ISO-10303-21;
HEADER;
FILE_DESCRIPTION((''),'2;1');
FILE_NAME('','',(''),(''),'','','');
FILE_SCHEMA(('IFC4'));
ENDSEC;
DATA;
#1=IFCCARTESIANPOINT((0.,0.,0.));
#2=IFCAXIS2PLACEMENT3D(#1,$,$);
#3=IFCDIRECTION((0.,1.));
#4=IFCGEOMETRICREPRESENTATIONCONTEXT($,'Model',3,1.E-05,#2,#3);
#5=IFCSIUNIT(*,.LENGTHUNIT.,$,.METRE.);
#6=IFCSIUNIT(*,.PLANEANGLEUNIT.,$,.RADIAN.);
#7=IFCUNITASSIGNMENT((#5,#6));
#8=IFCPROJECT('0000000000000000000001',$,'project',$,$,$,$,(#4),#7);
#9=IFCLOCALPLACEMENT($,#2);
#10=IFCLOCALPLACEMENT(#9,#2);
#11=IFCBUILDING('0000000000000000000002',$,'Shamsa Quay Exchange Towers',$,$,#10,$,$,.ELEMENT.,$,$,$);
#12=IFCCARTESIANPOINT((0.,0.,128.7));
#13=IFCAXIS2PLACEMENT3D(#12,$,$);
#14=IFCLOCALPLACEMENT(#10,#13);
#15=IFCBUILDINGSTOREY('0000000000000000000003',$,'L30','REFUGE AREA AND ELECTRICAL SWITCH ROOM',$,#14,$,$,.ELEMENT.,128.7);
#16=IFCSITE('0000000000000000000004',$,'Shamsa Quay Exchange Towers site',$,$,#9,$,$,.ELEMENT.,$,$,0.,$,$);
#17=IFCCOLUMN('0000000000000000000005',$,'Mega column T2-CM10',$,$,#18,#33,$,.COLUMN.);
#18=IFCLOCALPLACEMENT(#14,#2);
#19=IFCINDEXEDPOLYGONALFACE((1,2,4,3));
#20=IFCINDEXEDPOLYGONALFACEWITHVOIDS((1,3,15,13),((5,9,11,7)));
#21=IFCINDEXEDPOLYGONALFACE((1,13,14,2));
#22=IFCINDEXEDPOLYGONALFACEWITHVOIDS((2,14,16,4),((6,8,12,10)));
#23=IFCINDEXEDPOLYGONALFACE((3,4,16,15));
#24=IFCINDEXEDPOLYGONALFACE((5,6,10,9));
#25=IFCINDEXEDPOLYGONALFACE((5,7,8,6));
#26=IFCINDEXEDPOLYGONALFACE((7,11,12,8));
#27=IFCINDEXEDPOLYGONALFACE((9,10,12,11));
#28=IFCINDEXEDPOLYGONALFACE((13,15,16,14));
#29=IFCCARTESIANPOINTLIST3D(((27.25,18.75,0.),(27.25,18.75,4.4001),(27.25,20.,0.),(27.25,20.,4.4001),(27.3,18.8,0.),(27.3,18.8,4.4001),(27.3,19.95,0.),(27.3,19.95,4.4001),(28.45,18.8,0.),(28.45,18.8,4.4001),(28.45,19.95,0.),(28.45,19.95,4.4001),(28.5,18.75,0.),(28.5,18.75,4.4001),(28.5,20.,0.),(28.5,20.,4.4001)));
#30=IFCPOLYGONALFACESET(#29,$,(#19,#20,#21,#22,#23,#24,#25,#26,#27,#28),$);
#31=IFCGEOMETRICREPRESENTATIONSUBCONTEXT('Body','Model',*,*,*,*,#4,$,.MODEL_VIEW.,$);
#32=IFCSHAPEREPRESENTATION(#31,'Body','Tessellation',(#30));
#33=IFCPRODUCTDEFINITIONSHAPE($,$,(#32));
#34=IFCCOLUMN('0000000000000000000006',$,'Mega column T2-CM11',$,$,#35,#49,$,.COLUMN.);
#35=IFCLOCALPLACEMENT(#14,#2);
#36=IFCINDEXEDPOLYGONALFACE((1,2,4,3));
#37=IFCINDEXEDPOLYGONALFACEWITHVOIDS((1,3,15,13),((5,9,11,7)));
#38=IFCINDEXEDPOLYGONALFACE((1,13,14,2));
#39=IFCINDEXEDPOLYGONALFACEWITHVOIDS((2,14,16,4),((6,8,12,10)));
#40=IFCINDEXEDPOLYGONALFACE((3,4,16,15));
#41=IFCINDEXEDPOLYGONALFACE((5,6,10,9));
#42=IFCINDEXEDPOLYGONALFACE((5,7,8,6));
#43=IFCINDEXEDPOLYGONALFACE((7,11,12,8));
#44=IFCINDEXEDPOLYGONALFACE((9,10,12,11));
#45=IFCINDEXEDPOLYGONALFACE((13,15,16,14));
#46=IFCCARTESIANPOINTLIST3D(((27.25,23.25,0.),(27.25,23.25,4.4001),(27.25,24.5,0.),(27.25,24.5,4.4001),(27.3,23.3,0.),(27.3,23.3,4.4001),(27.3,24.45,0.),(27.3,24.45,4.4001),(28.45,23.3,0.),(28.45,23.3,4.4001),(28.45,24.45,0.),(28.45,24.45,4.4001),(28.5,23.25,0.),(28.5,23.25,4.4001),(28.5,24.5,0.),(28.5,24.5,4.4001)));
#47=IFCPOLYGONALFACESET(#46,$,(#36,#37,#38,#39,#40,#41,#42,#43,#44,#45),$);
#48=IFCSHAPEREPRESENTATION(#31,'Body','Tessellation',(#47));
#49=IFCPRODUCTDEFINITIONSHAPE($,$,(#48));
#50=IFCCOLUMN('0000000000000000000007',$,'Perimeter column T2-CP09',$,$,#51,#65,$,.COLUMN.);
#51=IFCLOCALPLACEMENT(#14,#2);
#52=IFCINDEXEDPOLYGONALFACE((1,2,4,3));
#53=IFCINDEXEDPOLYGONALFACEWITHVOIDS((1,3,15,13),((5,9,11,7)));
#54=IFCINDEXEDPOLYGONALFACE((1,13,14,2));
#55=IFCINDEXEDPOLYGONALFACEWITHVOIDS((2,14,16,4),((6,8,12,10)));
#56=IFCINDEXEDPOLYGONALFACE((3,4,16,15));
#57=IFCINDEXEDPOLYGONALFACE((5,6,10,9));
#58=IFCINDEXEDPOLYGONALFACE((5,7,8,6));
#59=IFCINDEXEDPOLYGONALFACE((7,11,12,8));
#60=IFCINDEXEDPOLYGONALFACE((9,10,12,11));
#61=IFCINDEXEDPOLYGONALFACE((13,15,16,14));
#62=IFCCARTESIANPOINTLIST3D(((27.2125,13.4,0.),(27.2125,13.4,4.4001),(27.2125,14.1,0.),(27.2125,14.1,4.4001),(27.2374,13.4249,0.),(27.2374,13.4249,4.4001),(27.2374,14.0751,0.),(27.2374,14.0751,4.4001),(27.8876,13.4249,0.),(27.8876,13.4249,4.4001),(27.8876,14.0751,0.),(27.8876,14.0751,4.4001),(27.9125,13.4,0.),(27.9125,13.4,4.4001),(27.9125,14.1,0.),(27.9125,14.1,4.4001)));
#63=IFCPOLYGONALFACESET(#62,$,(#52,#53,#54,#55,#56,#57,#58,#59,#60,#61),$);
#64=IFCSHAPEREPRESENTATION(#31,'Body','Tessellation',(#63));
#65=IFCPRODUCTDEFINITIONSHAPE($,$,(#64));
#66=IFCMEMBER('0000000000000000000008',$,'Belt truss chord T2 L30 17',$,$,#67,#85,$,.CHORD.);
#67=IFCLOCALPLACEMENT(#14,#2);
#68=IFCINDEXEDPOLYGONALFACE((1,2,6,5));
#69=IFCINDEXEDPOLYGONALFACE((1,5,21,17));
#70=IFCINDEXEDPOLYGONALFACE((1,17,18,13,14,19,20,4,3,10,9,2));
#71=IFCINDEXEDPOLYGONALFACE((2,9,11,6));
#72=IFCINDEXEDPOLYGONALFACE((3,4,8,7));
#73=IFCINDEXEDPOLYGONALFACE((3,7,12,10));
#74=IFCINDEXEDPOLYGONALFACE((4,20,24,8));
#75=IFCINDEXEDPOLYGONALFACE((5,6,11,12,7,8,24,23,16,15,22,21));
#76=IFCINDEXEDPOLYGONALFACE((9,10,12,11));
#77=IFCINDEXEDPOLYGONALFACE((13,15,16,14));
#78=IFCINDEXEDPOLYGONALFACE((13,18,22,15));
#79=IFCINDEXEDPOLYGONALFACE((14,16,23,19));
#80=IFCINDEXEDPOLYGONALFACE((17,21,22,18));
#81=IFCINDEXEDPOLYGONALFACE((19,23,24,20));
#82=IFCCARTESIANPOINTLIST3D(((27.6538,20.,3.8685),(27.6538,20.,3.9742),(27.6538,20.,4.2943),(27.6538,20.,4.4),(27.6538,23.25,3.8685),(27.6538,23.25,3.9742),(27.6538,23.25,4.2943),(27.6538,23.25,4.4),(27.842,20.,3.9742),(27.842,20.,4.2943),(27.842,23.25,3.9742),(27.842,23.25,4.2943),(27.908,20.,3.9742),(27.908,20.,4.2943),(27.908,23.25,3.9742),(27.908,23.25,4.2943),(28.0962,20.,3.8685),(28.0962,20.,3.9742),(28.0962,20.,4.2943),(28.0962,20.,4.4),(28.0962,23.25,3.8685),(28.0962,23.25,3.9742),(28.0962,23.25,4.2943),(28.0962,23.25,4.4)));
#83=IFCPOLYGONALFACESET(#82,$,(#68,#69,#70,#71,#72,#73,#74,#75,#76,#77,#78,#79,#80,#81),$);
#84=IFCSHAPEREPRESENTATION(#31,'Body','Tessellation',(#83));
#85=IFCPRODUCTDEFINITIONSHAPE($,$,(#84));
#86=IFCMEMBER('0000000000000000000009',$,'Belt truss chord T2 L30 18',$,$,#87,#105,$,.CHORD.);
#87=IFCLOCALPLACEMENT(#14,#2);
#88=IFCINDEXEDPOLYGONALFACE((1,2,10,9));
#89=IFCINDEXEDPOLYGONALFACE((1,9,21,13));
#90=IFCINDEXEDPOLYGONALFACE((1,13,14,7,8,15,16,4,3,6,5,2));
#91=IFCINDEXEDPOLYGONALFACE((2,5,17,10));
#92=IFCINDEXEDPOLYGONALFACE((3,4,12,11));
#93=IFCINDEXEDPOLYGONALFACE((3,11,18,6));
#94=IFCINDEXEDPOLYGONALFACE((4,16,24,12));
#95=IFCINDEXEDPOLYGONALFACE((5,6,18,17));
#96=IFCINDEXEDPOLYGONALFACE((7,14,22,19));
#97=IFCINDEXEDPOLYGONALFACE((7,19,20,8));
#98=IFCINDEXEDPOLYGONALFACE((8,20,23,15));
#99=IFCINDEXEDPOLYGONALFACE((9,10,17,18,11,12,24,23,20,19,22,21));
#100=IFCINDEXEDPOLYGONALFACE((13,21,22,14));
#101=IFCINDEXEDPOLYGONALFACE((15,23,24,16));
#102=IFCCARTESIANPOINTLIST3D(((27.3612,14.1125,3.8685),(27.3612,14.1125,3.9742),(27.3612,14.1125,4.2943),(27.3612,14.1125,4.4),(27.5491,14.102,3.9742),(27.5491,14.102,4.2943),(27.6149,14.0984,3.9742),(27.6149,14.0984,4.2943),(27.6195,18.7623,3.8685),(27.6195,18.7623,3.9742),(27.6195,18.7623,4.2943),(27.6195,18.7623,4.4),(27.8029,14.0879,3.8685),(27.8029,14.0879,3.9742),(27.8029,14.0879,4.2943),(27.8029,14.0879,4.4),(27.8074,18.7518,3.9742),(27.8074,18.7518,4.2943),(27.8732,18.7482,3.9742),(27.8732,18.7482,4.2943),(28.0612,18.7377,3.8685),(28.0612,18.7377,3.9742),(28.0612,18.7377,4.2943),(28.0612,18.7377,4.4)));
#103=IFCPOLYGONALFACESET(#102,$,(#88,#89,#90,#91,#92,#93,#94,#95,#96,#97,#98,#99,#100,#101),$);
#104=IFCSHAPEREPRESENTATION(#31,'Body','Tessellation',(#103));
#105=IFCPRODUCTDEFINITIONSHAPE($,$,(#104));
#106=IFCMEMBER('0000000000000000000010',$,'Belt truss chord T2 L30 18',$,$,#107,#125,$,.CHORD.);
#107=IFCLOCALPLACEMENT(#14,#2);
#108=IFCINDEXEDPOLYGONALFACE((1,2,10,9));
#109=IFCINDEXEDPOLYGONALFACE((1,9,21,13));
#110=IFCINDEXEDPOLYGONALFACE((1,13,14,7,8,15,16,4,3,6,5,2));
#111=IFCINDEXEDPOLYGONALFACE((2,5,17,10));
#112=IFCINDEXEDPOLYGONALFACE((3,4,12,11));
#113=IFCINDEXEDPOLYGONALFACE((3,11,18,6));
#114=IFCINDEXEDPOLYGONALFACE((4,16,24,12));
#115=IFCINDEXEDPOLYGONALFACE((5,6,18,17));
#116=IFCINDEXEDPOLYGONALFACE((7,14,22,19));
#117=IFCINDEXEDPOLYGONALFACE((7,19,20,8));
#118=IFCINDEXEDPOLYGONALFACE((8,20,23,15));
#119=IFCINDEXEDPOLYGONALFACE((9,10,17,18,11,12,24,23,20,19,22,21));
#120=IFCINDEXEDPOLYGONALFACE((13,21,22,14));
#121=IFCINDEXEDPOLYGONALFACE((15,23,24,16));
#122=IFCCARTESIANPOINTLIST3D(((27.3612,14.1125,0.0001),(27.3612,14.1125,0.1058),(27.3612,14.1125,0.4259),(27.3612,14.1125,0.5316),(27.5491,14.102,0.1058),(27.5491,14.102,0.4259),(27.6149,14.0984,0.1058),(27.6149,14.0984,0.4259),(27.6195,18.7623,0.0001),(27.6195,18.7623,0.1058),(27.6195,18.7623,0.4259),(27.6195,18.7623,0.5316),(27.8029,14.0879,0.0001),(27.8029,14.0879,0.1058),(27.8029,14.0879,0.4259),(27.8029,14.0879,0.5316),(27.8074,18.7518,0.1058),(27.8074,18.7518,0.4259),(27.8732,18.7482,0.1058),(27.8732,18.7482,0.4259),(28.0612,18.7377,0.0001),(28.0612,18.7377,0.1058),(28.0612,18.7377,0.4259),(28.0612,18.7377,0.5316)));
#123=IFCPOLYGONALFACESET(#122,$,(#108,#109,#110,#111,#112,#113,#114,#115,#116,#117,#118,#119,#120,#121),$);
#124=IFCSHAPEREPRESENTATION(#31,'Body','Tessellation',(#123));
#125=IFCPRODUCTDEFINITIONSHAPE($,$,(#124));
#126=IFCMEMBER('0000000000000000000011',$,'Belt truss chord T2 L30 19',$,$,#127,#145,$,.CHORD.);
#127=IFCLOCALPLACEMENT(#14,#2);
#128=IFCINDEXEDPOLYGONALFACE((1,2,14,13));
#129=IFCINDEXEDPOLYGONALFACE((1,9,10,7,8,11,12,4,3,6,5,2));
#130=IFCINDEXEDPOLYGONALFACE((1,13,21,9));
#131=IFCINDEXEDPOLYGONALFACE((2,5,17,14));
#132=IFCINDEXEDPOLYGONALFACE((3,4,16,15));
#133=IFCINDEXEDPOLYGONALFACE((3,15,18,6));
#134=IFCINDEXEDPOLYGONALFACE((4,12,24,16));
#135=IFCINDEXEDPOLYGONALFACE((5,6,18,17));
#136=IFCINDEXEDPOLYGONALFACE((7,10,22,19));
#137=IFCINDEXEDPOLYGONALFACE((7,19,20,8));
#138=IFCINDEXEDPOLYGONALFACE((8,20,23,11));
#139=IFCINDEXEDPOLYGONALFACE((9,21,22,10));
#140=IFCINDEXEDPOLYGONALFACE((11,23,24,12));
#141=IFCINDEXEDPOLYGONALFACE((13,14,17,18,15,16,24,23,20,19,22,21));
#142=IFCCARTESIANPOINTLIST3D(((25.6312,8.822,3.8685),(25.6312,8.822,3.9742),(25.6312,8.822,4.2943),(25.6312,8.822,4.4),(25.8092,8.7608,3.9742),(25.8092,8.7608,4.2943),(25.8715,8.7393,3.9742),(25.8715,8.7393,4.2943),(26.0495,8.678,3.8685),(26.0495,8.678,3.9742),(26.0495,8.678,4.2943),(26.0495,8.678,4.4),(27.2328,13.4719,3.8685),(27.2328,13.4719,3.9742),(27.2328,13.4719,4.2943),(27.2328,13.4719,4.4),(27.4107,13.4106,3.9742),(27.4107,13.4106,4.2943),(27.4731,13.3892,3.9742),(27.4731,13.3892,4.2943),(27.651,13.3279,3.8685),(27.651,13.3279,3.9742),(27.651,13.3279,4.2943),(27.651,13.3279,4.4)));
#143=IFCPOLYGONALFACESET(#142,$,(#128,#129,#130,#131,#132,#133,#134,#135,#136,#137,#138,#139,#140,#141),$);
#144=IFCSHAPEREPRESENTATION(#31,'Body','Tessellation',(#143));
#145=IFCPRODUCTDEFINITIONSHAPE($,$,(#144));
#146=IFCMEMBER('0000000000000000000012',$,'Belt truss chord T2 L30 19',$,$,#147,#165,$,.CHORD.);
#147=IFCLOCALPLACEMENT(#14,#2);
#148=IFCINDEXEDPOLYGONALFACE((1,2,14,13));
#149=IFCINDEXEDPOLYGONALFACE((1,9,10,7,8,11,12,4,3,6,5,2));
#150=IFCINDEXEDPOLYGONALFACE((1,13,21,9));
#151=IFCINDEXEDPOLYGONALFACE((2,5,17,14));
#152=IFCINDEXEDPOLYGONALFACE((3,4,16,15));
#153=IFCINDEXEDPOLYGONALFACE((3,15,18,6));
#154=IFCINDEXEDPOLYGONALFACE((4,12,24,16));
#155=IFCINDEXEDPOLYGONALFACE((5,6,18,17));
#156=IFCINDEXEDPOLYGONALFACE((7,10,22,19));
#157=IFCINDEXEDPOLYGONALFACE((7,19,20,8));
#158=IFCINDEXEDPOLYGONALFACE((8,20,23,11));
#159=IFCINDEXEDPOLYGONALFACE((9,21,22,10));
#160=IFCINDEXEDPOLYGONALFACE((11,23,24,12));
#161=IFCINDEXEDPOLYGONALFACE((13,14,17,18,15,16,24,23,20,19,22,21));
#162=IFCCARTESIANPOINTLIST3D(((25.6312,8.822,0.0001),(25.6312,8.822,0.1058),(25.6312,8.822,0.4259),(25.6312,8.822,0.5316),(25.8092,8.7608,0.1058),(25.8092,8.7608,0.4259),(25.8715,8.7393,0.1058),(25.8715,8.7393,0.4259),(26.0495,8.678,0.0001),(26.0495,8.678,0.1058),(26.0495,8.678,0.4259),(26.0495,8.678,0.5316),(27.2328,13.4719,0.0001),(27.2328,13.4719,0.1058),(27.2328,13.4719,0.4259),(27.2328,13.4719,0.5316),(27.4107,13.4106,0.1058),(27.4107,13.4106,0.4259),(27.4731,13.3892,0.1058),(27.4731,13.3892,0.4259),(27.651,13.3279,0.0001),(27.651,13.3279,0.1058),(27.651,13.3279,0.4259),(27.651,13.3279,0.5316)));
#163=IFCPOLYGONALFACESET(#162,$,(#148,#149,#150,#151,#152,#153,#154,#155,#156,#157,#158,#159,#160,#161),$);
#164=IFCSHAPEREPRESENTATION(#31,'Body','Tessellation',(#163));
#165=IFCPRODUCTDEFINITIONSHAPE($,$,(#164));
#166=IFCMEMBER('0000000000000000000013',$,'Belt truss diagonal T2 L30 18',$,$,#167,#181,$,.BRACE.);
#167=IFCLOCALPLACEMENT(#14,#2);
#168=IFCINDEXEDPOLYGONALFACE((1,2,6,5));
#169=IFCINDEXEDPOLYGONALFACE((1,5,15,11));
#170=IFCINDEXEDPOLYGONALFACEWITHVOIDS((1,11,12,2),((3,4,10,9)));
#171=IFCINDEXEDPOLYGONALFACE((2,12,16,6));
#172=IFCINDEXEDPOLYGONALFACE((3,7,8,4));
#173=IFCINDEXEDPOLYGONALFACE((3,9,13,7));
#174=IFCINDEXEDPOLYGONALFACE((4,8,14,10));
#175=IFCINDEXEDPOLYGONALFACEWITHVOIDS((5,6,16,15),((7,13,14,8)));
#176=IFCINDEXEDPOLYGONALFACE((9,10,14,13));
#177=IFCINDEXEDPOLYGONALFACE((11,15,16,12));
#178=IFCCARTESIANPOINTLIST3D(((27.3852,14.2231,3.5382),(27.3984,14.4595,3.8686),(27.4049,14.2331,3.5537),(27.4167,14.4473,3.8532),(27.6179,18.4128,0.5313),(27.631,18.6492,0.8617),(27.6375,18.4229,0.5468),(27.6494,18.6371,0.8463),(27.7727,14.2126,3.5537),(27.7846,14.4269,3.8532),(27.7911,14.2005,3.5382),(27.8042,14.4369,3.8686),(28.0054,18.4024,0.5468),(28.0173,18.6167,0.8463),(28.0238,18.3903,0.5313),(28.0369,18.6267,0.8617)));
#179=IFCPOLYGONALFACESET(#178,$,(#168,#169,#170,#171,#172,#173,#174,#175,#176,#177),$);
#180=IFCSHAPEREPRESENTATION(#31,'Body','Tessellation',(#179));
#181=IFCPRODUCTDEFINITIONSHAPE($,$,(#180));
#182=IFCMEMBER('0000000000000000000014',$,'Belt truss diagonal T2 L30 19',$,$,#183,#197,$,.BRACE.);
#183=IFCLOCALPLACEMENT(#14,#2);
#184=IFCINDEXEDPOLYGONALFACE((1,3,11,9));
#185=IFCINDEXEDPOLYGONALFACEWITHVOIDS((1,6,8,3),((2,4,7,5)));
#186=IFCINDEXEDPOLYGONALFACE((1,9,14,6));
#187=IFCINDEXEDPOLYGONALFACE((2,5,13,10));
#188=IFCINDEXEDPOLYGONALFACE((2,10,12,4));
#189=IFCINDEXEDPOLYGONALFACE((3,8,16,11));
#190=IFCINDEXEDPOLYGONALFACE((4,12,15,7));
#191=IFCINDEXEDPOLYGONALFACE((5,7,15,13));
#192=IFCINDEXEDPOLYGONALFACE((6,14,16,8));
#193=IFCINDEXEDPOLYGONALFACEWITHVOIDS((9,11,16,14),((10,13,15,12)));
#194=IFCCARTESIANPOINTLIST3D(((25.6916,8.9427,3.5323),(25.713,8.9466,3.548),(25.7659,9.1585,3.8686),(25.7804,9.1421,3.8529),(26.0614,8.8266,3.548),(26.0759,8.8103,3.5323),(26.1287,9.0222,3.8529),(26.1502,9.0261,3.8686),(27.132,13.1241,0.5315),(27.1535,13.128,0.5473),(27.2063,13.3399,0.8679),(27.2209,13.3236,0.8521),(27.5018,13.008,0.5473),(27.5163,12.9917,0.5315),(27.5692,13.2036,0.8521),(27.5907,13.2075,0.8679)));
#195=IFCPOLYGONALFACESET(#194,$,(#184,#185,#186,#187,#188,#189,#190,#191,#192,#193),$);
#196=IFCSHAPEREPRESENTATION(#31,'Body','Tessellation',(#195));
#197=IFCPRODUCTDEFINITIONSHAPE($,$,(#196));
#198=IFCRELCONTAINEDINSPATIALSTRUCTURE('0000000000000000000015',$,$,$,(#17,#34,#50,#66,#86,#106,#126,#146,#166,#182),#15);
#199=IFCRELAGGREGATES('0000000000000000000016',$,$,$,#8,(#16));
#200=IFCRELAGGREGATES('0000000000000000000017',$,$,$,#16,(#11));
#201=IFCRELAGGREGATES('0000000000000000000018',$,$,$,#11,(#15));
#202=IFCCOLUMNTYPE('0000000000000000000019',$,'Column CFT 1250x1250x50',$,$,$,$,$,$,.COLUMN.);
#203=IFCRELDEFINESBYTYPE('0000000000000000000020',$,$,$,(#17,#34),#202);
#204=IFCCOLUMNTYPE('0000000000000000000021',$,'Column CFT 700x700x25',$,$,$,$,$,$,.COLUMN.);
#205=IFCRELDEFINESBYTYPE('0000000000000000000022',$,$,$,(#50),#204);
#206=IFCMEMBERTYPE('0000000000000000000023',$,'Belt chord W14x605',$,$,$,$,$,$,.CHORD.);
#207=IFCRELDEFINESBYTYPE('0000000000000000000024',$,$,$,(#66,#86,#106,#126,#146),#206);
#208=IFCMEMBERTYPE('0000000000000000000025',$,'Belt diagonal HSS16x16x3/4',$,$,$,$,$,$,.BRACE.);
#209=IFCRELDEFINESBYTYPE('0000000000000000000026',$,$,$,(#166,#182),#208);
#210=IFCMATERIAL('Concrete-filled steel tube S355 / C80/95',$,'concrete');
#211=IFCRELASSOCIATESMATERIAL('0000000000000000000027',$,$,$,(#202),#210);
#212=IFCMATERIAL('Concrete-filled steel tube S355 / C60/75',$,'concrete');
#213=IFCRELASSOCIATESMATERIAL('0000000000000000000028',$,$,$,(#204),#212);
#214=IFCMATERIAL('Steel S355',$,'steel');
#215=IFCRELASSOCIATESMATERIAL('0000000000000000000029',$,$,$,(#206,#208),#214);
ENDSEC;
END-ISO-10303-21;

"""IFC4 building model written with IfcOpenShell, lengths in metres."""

from ifc_helpers import new_model, si_unit, direction, frame, origin, origin_2d, place, context, subcontext, project, spatial, hollow_rectangle, i_section, extrude, material, material_profile, profile_set, type_object, element, save


model = new_model("IFC4")

# Units and contexts
model_context = context("Model", 3, precision=1e-05, world=origin(), true_north=direction((0.0, 1.0)))
body_context = subcontext(model_context, "Body", "Model", "MODEL_VIEW")
ifc_project = project(units=[si_unit("LENGTHUNIT", "METRE"), si_unit("PLANEANGLEUNIT", "RADIAN")], contexts=[model_context])

# Site, building, storey
site_placement = place(None, origin())
site = spatial("IfcSite", under=ifc_project, at=site_placement, Name="Shamsa Quay Exchange Towers site", CompositionType="ELEMENT", RefElevation=0.0)
building_placement = place(site_placement, origin())
building = spatial("IfcBuilding", under=site, at=building_placement, Name="Shamsa Quay Exchange Towers", CompositionType="ELEMENT")
storey_placement = place(building_placement, frame((0.0, 0.0, 128.7)))
storey = spatial("IfcBuildingStorey", under=building, at=storey_placement, Name="L30", Description="REFUGE AREA AND ELECTRICAL SWITCH ROOM", CompositionType="ELEMENT", Elevation=128.7)

# Columns
ifc_material_1 = material(Name="Concrete-filled steel tube S355 / C80/95", Category="concrete")
ifc_material_profile_1 = material_profile(ifc_material_1, hollow_rectangle(XDim=1.25, YDim=1.25, WallThickness=0.05, at=origin_2d()), Name="CFT 1250x1250x50")
ifc_profile_set_1 = profile_set([ifc_material_profile_1], Name="Concrete-filled steel tube S355 / C80/95")
column_type_1 = type_object("IfcColumnType", Name="Column CFT 1250x1250x50", PredefinedType="COLUMN", material=ifc_profile_set_1)
for number, where, name in (
    (1, (27.875, 19.375, 0.0), "Mega column T2-CM10"),
    (2, (27.875, 23.875, 0.0), "Mega column T2-CM11"),
):
    element("IfcColumn", number, at=place(storey_placement, frame(where)), inside=storey, type_object=column_type_1, Name=name, PredefinedType="COLUMN", context=body_context, shape_type="SweptSolid", body=[
        extrude(hollow_rectangle(XDim=1.25, YDim=1.25, WallThickness=0.05, at=origin_2d()), origin(), (0.0, 0.0, 1.0), 4.4001),
    ])
ifc_material_2 = material(Name="Concrete-filled steel tube S355 / C60/75", Category="concrete")
ifc_material_profile_2 = material_profile(ifc_material_2, hollow_rectangle(XDim=0.7, YDim=0.7, WallThickness=0.0249, at=origin_2d()), Name="CFT 700x700x25")
ifc_profile_set_2 = profile_set([ifc_material_profile_2], Name="Concrete-filled steel tube S355 / C60/75")
column_type_2 = type_object("IfcColumnType", Name="Column CFT 700x700x25", PredefinedType="COLUMN", material=ifc_profile_set_2)
column_placement = place(storey_placement, frame((27.5625, 13.75, 0.0)))
element("IfcColumn", 3, at=column_placement, inside=storey, type_object=column_type_2, Name="Perimeter column T2-CP09", PredefinedType="COLUMN", context=body_context, shape_type="SweptSolid", body=[
    extrude(hollow_rectangle(XDim=0.7, YDim=0.7, WallThickness=0.0249, at=origin_2d()), origin(), (0.0, 0.0, 1.0), 4.4001),
])

# Members
ifc_material_3 = material(Name="Steel S355", Category="steel")
ifc_material_profile_3 = material_profile(ifc_material_3, i_section(OverallWidth=0.4424, OverallDepth=0.5315, WebThickness=0.0659, FlangeThickness=0.1057, at=origin_2d()), Name="W14x605")
ifc_profile_set_3 = profile_set([ifc_material_profile_3], Name="Steel S355")
member_type_1 = type_object("IfcMemberType", Name="Belt chord W14x605", PredefinedType="CHORD", material=ifc_profile_set_3)
member_1_placement = place(storey_placement, frame((27.875, 23.25, 4.1343), z_axis=(0.0, -1.0, 0.0), x_axis=(1.0, 0.0, 0.0)))
element("IfcMember", 4, at=member_1_placement, inside=storey, type_object=member_type_1, Name="Belt truss chord T2 L30 17", PredefinedType="CHORD", context=body_context, shape_type="SweptSolid", body=[
    extrude(i_section(OverallWidth=0.4424, OverallDepth=0.5315, WebThickness=0.0659, FlangeThickness=0.1057, at=origin_2d()), origin(), (0.0, 0.0, 1.0), 3.25),
])
for number, where, z_axis, x_axis, name in (
    (5, (27.8403, 18.75, 4.1343), (-0.055464, -0.998461, 0.0), (0.998461, -0.055464, 0.0), "Belt truss chord T2 L30 18"),
    (6, (27.8403, 18.75, 0.2659), (-0.055464, -0.998461, 0.0), (0.998461, -0.055464, 0.0), "Belt truss chord T2 L30 18"),
):
    element("IfcMember", number, at=place(storey_placement, frame(where, z_axis=z_axis, x_axis=x_axis)), inside=storey, type_object=member_type_1, Name=name, PredefinedType="CHORD", context=body_context, shape_type="SweptSolid", body=[
        extrude(i_section(OverallWidth=0.4424, OverallDepth=0.5315, WebThickness=0.0659, FlangeThickness=0.1057, at=origin_2d()), origin(), (0.0, 0.0, 1.0), 4.657),
    ])
for number, where, z_axis, x_axis, name in (
    (7, (27.4419, 13.3999, 4.1343), (-0.325654, -0.945489, 0.0), (0.945489, -0.325654, 0.0), "Belt truss chord T2 L30 19"),
    (8, (27.4419, 13.3999, 0.2659), (-0.325654, -0.945489, 0.0), (0.945489, -0.325654, 0.0), "Belt truss chord T2 L30 19"),
):
    element("IfcMember", number, at=place(storey_placement, frame(where, z_axis=z_axis, x_axis=x_axis)), inside=storey, type_object=member_type_1, Name=name, PredefinedType="CHORD", context=body_context, shape_type="SweptSolid", body=[
        extrude(i_section(OverallWidth=0.4424, OverallDepth=0.5315, WebThickness=0.0659, FlangeThickness=0.1057, at=origin_2d()), origin(), (0.0, 0.0, 1.0), 4.918),
    ])
ifc_material_profile_4 = material_profile(ifc_material_3, hollow_rectangle(XDim=0.4065, YDim=0.4065, WallThickness=0.019, at=origin_2d()), Name="HSS16x16x3/4")
ifc_profile_set_4 = profile_set([ifc_material_profile_4], Name="Steel S355")
member_type_2 = type_object("IfcMemberType", Name="Belt diagonal HSS16x16x3/4", PredefinedType="BRACE", material=ifc_profile_set_4)
member_2_placement = place(storey_placement, frame((27.8274, 18.5198, 0.6965), z_axis=(-0.045071, -0.811604, 0.582467), x_axis=(0.998462, -0.055447, 0.0)))
element("IfcMember", 9, at=member_2_placement, inside=storey, type_object=member_type_2, Name="Belt truss diagonal T2 L30 18", PredefinedType="BRACE", context=body_context, shape_type="SweptSolid", body=[
    extrude(hollow_rectangle(XDim=0.4065, YDim=0.4065, WallThickness=0.019, at=origin_2d()), origin(), (0.0, 0.0, 1.0), 5.1624),
])
member_3_placement = place(storey_placement, frame((27.3613, 13.1658, 0.6997), z_axis=(-0.269518, -0.782379, 0.561465), x_axis=(0.945473, -0.325701, 0.0)))
element("IfcMember", 10, at=member_3_placement, inside=storey, type_object=member_type_2, Name="Belt truss diagonal T2 L30 19", PredefinedType="BRACE", context=body_context, shape_type="SweptSolid", body=[
    extrude(hollow_rectangle(XDim=0.4065, YDim=0.4065, WallThickness=0.019, at=origin_2d()), origin(), (0.0, 0.0, 1.0), 5.3445),
])

save(model, "model.ifc")
